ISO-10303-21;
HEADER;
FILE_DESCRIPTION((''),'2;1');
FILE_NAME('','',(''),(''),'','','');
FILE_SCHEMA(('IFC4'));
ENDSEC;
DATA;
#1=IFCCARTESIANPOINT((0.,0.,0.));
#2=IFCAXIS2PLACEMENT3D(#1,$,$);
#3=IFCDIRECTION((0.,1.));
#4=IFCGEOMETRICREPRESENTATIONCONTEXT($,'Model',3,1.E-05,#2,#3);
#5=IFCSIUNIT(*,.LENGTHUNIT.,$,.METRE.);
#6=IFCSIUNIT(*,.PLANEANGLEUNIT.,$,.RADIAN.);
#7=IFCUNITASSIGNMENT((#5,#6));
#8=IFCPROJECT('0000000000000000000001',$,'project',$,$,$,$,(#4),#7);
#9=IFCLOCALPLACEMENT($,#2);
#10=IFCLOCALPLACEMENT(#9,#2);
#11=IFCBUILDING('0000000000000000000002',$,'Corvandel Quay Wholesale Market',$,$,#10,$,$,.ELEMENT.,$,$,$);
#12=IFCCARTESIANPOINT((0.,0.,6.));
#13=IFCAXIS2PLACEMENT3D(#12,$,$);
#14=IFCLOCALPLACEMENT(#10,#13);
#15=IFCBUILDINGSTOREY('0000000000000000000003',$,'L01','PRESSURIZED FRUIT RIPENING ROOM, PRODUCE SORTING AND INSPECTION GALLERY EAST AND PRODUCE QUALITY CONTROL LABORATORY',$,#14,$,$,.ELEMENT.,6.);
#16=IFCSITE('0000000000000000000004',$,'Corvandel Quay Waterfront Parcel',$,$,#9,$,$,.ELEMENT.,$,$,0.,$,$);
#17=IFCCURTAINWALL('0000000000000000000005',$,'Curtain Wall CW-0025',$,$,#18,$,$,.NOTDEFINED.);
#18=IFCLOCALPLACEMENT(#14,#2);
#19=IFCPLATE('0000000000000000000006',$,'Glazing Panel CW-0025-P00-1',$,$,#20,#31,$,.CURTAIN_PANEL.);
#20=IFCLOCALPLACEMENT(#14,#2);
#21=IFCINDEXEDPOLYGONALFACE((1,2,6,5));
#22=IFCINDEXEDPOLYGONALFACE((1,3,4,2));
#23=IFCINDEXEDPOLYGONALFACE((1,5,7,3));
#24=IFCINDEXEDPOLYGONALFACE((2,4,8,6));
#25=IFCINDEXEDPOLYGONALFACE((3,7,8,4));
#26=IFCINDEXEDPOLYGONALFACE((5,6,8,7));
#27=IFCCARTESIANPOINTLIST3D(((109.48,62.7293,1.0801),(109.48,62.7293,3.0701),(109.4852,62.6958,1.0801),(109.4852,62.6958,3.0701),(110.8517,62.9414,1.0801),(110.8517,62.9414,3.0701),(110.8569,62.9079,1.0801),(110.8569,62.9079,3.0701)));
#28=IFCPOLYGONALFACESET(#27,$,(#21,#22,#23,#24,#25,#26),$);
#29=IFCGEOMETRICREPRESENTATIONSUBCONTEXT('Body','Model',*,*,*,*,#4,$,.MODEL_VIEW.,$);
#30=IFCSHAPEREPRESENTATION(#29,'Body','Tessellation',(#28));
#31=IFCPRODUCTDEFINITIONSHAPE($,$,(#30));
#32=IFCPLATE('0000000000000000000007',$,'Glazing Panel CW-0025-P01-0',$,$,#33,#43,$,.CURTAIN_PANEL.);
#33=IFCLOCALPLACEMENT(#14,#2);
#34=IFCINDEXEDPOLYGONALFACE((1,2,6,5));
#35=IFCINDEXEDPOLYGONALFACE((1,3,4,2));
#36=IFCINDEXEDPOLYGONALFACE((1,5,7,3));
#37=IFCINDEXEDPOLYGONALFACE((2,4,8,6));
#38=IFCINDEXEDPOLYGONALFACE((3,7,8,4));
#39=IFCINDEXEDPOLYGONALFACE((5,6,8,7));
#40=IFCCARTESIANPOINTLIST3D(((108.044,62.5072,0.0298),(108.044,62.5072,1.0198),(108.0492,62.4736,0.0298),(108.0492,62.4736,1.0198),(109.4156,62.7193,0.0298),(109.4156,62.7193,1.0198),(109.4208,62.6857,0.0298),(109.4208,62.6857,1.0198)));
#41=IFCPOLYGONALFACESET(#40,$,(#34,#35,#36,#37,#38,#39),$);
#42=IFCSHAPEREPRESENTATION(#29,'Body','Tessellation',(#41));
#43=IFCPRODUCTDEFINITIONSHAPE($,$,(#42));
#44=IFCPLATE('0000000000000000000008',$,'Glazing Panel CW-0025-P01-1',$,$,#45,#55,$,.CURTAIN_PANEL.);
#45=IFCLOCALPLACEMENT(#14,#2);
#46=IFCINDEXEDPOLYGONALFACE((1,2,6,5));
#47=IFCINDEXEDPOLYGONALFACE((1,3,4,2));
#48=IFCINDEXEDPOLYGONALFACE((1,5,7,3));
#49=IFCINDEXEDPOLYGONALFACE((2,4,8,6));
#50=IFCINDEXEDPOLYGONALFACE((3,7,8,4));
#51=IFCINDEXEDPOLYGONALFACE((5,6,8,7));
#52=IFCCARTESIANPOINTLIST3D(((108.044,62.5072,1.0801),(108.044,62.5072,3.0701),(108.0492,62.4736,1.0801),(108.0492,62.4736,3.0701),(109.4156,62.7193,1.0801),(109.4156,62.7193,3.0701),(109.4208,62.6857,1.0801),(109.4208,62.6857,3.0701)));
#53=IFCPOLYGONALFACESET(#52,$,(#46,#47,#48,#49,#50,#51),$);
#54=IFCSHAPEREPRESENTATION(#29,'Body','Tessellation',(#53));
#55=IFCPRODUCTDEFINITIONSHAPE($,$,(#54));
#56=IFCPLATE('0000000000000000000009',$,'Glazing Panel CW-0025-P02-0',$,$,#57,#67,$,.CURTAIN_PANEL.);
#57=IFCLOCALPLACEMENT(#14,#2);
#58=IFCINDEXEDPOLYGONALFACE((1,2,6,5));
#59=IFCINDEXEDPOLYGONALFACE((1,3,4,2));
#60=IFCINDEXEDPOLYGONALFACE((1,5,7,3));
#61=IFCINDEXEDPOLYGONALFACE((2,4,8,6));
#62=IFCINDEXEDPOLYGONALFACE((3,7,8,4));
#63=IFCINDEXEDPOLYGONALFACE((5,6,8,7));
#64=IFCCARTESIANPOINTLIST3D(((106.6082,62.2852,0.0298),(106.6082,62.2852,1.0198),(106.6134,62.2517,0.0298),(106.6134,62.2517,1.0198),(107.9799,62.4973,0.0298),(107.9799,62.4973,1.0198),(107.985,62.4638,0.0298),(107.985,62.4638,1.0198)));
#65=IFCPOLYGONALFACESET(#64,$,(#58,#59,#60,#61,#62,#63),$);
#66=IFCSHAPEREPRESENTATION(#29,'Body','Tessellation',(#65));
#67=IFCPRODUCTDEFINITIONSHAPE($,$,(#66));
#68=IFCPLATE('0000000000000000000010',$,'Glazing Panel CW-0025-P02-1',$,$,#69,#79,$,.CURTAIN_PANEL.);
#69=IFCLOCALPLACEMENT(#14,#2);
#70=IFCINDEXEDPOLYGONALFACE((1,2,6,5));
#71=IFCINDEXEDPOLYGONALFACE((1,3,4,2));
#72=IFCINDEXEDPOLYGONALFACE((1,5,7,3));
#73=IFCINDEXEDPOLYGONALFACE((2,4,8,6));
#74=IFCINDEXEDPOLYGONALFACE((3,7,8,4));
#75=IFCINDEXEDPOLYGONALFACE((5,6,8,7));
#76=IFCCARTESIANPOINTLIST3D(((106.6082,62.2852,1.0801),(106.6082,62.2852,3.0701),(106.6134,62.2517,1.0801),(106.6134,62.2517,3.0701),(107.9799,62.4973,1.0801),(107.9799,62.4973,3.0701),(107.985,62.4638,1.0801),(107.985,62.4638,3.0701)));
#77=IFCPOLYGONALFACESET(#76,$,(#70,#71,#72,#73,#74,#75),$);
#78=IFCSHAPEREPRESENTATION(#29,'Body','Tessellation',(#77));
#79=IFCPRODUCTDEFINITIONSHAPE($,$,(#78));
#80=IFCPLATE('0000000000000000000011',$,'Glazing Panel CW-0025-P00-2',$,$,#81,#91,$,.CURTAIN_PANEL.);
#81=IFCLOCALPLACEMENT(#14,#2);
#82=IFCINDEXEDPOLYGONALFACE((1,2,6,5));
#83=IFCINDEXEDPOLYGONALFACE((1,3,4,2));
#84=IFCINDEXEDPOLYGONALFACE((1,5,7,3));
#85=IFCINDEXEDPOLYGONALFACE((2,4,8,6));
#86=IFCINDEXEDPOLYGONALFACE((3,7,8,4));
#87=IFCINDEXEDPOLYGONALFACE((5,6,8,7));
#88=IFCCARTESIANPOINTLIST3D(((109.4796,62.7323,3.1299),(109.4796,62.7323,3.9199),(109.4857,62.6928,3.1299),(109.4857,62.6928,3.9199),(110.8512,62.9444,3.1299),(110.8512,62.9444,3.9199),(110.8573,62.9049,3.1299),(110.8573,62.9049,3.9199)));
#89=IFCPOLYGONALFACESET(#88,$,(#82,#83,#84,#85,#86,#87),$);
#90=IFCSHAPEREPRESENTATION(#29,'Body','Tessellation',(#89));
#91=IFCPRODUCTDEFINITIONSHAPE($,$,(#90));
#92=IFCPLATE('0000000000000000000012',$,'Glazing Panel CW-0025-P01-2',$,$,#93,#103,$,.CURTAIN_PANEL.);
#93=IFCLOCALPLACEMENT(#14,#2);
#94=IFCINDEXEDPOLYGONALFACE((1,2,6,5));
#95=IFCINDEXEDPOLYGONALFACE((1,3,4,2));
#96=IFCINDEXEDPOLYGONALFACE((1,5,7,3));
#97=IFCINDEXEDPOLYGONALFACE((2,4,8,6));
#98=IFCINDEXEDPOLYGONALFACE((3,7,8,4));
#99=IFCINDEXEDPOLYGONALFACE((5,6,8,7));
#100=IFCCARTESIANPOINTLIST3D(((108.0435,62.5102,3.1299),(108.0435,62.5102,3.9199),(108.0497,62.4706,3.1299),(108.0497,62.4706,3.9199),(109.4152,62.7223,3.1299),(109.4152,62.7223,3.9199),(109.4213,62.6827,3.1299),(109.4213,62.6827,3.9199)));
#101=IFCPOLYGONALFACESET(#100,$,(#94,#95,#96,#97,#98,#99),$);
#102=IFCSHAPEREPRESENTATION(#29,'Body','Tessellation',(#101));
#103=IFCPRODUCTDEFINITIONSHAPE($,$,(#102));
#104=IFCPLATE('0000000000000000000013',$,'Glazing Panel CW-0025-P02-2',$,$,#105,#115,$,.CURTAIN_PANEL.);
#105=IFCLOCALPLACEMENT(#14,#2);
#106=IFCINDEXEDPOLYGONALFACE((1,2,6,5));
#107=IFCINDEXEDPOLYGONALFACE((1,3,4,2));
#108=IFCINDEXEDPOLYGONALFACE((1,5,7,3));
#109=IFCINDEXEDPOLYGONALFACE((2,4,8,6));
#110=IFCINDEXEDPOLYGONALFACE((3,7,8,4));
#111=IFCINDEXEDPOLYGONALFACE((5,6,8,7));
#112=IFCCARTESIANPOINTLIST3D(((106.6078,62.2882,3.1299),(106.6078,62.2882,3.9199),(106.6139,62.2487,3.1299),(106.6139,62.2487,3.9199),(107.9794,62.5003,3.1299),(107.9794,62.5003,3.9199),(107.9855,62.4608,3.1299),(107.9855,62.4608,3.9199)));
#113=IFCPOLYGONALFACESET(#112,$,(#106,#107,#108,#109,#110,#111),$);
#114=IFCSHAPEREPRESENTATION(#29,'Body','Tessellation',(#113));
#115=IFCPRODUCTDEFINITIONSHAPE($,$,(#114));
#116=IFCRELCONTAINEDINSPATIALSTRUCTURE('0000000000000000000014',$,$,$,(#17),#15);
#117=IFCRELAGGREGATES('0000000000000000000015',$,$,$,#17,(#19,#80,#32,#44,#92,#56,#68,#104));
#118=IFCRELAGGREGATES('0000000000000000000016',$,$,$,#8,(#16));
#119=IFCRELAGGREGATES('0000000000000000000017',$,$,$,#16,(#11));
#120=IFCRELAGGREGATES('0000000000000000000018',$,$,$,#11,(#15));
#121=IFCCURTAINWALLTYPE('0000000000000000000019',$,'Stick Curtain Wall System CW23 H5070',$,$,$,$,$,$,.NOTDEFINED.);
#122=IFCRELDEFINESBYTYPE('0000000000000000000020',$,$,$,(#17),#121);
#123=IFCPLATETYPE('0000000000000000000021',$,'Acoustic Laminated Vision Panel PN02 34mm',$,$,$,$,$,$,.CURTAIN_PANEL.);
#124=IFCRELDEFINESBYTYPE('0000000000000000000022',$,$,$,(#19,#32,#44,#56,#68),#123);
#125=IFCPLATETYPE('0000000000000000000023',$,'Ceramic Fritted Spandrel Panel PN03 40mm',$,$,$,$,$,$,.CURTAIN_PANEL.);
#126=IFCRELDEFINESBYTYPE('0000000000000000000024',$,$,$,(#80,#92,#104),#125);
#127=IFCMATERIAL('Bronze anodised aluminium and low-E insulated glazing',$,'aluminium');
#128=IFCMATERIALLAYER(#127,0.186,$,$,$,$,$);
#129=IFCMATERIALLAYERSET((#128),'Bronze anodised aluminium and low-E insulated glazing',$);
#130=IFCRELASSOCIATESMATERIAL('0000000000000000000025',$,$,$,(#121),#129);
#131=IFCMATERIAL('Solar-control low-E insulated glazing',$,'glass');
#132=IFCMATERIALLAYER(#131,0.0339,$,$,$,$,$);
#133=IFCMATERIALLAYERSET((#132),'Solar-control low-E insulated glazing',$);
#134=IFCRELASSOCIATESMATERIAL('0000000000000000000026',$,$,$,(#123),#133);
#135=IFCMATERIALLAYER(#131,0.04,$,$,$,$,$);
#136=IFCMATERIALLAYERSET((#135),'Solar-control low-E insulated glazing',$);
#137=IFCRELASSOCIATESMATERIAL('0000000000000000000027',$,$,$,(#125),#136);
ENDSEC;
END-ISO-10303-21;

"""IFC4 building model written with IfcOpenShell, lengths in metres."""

from ifc_helpers import new_model, si_unit, direction, frame, origin, origin_2d, place, context, subcontext, project, spatial, rectangle, extrude, material, layer, layer_set, type_object, element, aggregate, save


model = new_model("IFC4")

# Units and contexts
model_context = context("Model", 3, precision=1e-05, world=origin(), true_north=direction((0.0, 1.0)))
body_context = subcontext(model_context, "Body", "Model", "MODEL_VIEW")
ifc_project = project(units=[si_unit("LENGTHUNIT", "METRE"), si_unit("PLANEANGLEUNIT", "RADIAN")], contexts=[model_context])

# Site, building, storey
site_placement = place(None, origin())
site = spatial("IfcSite", under=ifc_project, at=site_placement, Name="Corvandel Quay Waterfront Parcel", CompositionType="ELEMENT", RefElevation=0.0)
building_placement = place(site_placement, origin())
building = spatial("IfcBuilding", under=site, at=building_placement, Name="Corvandel Quay Wholesale Market", CompositionType="ELEMENT")
storey_placement = place(building_placement, frame((0.0, 0.0, 6.0)))
storey = spatial("IfcBuildingStorey", under=building, at=storey_placement, Name="L01", Description="PRESSURIZED FRUIT RIPENING ROOM, PRODUCE SORTING AND INSPECTION GALLERY EAST AND PRODUCE QUALITY CONTROL LABORATORY", CompositionType="ELEMENT", Elevation=6.0)

# Curtain wall, plates
ifc_material_1 = material(Name="Bronze anodised aluminium and low-E insulated glazing", Category="aluminium")
ifc_layer_1 = layer(ifc_material_1, 0.186)
ifc_layer_set_1 = layer_set([ifc_layer_1], Name="Bronze anodised aluminium and low-E insulated glazing")
curtain_wall_type = type_object("IfcCurtainWallType", Name="Stick Curtain Wall System CW23 H5070", PredefinedType="NOTDEFINED", material=ifc_layer_set_1)
curtain_wall_placement = place(storey_placement, origin())
curtain_wall = element("IfcCurtainWall", 1, at=curtain_wall_placement, inside=storey, type_object=curtain_wall_type, Name="Curtain Wall CW-0025", PredefinedType="NOTDEFINED")
ifc_material_2 = material(Name="Solar-control low-E insulated glazing", Category="glass")
ifc_layer_2 = layer(ifc_material_2, 0.0339)
ifc_layer_set_2 = layer_set([ifc_layer_2], Name="Solar-control low-E insulated glazing")
plate_type_1 = type_object("IfcPlateType", Name="Acoustic Laminated Vision Panel PN02 34mm", PredefinedType="CURTAIN_PANEL", material=ifc_layer_set_2)
plate_1_placement = place(storey_placement, frame((110.1685, 62.8186, 1.0801), z_axis=(0.0, 0.0, 1.0), x_axis=(0.988255, 0.152813, 0.0)))
plate_1 = element("IfcPlate", 2, at=plate_1_placement, type_object=plate_type_1, Name="Glazing Panel CW-0025-P00-1", PredefinedType="CURTAIN_PANEL", context=body_context, shape_type="SweptSolid", body=[
    extrude(rectangle(XDim=1.3879, YDim=0.0339, at=origin_2d()), origin(), (0.0, 0.0, 1.0), 1.99),
])
plate_2_placement = place(storey_placement, frame((108.7324, 62.5964, 0.0298), z_axis=(0.0, 0.0, 1.0), x_axis=(0.988255, 0.152813, 0.0)))
plate_2 = element("IfcPlate", 3, at=plate_2_placement, type_object=plate_type_1, Name="Glazing Panel CW-0025-P01-0", PredefinedType="CURTAIN_PANEL", context=body_context, shape_type="SweptSolid", body=[
    extrude(rectangle(XDim=1.3879, YDim=0.0339, at=origin_2d()), origin(), (0.0, 0.0, 1.0), 0.99),
])
plate_3_placement = place(storey_placement, frame((108.7324, 62.5964, 1.0801), z_axis=(0.0, 0.0, 1.0), x_axis=(0.988255, 0.152813, 0.0)))
plate_3 = element("IfcPlate", 4, at=plate_3_placement, type_object=plate_type_1, Name="Glazing Panel CW-0025-P01-1", PredefinedType="CURTAIN_PANEL", context=body_context, shape_type="SweptSolid", body=[
    extrude(rectangle(XDim=1.3879, YDim=0.0339, at=origin_2d()), origin(), (0.0, 0.0, 1.0), 1.99),
])
plate_4_placement = place(storey_placement, frame((107.2966, 62.3745, 0.0298), z_axis=(0.0, 0.0, 1.0), x_axis=(0.988255, 0.152813, 0.0)))
plate_4 = element("IfcPlate", 5, at=plate_4_placement, type_object=plate_type_1, Name="Glazing Panel CW-0025-P02-0", PredefinedType="CURTAIN_PANEL", context=body_context, shape_type="SweptSolid", body=[
    extrude(rectangle(XDim=1.3879, YDim=0.0339, at=origin_2d()), origin(), (0.0, 0.0, 1.0), 0.99),
])
plate_5_placement = place(storey_placement, frame((107.2966, 62.3745, 1.0801), z_axis=(0.0, 0.0, 1.0), x_axis=(0.988255, 0.152813, 0.0)))
plate_5 = element("IfcPlate", 6, at=plate_5_placement, type_object=plate_type_1, Name="Glazing Panel CW-0025-P02-1", PredefinedType="CURTAIN_PANEL", context=body_context, shape_type="SweptSolid", body=[
    extrude(rectangle(XDim=1.3879, YDim=0.0339, at=origin_2d()), origin(), (0.0, 0.0, 1.0), 1.99),
])
ifc_layer_3 = layer(ifc_material_2, 0.04)
ifc_layer_set_3 = layer_set([ifc_layer_3], Name="Solar-control low-E insulated glazing")
plate_type_2 = type_object("IfcPlateType", Name="Ceramic Fritted Spandrel Panel PN03 40mm", PredefinedType="CURTAIN_PANEL", material=ifc_layer_set_3)
plate_6_placement = place(storey_placement, frame((110.1685, 62.8186, 3.1299), z_axis=(0.0, 0.0, 1.0), x_axis=(0.988255, 0.152813, 0.0)))
plate_6 = element("IfcPlate", 7, at=plate_6_placement, type_object=plate_type_2, Name="Glazing Panel CW-0025-P00-2", PredefinedType="CURTAIN_PANEL", context=body_context, shape_type="SweptSolid", body=[
    extrude(rectangle(XDim=1.3879, YDim=0.04, at=origin_2d()), origin(), (0.0, 0.0, 1.0), 0.79),
])
plate_7_placement = place(storey_placement, frame((108.7324, 62.5964, 3.1299), z_axis=(0.0, 0.0, 1.0), x_axis=(0.988255, 0.152813, 0.0)))
plate_7 = element("IfcPlate", 8, at=plate_7_placement, type_object=plate_type_2, Name="Glazing Panel CW-0025-P01-2", PredefinedType="CURTAIN_PANEL", context=body_context, shape_type="SweptSolid", body=[
    extrude(rectangle(XDim=1.3879, YDim=0.04, at=origin_2d()), origin(), (0.0, 0.0, 1.0), 0.79),
])
plate_8_placement = place(storey_placement, frame((107.2966, 62.3745, 3.1299), z_axis=(0.0, 0.0, 1.0), x_axis=(0.988255, 0.152813, 0.0)))
plate_8 = element("IfcPlate", 9, at=plate_8_placement, type_object=plate_type_2, Name="Glazing Panel CW-0025-P02-2", PredefinedType="CURTAIN_PANEL", context=body_context, shape_type="SweptSolid", body=[
    extrude(rectangle(XDim=1.3879, YDim=0.04, at=origin_2d()), origin(), (0.0, 0.0, 1.0), 0.79),
])
aggregate(curtain_wall, [plate_1, plate_6, plate_2, plate_3, plate_7, plate_4, plate_5, plate_8])

save(model, "model.ifc")
